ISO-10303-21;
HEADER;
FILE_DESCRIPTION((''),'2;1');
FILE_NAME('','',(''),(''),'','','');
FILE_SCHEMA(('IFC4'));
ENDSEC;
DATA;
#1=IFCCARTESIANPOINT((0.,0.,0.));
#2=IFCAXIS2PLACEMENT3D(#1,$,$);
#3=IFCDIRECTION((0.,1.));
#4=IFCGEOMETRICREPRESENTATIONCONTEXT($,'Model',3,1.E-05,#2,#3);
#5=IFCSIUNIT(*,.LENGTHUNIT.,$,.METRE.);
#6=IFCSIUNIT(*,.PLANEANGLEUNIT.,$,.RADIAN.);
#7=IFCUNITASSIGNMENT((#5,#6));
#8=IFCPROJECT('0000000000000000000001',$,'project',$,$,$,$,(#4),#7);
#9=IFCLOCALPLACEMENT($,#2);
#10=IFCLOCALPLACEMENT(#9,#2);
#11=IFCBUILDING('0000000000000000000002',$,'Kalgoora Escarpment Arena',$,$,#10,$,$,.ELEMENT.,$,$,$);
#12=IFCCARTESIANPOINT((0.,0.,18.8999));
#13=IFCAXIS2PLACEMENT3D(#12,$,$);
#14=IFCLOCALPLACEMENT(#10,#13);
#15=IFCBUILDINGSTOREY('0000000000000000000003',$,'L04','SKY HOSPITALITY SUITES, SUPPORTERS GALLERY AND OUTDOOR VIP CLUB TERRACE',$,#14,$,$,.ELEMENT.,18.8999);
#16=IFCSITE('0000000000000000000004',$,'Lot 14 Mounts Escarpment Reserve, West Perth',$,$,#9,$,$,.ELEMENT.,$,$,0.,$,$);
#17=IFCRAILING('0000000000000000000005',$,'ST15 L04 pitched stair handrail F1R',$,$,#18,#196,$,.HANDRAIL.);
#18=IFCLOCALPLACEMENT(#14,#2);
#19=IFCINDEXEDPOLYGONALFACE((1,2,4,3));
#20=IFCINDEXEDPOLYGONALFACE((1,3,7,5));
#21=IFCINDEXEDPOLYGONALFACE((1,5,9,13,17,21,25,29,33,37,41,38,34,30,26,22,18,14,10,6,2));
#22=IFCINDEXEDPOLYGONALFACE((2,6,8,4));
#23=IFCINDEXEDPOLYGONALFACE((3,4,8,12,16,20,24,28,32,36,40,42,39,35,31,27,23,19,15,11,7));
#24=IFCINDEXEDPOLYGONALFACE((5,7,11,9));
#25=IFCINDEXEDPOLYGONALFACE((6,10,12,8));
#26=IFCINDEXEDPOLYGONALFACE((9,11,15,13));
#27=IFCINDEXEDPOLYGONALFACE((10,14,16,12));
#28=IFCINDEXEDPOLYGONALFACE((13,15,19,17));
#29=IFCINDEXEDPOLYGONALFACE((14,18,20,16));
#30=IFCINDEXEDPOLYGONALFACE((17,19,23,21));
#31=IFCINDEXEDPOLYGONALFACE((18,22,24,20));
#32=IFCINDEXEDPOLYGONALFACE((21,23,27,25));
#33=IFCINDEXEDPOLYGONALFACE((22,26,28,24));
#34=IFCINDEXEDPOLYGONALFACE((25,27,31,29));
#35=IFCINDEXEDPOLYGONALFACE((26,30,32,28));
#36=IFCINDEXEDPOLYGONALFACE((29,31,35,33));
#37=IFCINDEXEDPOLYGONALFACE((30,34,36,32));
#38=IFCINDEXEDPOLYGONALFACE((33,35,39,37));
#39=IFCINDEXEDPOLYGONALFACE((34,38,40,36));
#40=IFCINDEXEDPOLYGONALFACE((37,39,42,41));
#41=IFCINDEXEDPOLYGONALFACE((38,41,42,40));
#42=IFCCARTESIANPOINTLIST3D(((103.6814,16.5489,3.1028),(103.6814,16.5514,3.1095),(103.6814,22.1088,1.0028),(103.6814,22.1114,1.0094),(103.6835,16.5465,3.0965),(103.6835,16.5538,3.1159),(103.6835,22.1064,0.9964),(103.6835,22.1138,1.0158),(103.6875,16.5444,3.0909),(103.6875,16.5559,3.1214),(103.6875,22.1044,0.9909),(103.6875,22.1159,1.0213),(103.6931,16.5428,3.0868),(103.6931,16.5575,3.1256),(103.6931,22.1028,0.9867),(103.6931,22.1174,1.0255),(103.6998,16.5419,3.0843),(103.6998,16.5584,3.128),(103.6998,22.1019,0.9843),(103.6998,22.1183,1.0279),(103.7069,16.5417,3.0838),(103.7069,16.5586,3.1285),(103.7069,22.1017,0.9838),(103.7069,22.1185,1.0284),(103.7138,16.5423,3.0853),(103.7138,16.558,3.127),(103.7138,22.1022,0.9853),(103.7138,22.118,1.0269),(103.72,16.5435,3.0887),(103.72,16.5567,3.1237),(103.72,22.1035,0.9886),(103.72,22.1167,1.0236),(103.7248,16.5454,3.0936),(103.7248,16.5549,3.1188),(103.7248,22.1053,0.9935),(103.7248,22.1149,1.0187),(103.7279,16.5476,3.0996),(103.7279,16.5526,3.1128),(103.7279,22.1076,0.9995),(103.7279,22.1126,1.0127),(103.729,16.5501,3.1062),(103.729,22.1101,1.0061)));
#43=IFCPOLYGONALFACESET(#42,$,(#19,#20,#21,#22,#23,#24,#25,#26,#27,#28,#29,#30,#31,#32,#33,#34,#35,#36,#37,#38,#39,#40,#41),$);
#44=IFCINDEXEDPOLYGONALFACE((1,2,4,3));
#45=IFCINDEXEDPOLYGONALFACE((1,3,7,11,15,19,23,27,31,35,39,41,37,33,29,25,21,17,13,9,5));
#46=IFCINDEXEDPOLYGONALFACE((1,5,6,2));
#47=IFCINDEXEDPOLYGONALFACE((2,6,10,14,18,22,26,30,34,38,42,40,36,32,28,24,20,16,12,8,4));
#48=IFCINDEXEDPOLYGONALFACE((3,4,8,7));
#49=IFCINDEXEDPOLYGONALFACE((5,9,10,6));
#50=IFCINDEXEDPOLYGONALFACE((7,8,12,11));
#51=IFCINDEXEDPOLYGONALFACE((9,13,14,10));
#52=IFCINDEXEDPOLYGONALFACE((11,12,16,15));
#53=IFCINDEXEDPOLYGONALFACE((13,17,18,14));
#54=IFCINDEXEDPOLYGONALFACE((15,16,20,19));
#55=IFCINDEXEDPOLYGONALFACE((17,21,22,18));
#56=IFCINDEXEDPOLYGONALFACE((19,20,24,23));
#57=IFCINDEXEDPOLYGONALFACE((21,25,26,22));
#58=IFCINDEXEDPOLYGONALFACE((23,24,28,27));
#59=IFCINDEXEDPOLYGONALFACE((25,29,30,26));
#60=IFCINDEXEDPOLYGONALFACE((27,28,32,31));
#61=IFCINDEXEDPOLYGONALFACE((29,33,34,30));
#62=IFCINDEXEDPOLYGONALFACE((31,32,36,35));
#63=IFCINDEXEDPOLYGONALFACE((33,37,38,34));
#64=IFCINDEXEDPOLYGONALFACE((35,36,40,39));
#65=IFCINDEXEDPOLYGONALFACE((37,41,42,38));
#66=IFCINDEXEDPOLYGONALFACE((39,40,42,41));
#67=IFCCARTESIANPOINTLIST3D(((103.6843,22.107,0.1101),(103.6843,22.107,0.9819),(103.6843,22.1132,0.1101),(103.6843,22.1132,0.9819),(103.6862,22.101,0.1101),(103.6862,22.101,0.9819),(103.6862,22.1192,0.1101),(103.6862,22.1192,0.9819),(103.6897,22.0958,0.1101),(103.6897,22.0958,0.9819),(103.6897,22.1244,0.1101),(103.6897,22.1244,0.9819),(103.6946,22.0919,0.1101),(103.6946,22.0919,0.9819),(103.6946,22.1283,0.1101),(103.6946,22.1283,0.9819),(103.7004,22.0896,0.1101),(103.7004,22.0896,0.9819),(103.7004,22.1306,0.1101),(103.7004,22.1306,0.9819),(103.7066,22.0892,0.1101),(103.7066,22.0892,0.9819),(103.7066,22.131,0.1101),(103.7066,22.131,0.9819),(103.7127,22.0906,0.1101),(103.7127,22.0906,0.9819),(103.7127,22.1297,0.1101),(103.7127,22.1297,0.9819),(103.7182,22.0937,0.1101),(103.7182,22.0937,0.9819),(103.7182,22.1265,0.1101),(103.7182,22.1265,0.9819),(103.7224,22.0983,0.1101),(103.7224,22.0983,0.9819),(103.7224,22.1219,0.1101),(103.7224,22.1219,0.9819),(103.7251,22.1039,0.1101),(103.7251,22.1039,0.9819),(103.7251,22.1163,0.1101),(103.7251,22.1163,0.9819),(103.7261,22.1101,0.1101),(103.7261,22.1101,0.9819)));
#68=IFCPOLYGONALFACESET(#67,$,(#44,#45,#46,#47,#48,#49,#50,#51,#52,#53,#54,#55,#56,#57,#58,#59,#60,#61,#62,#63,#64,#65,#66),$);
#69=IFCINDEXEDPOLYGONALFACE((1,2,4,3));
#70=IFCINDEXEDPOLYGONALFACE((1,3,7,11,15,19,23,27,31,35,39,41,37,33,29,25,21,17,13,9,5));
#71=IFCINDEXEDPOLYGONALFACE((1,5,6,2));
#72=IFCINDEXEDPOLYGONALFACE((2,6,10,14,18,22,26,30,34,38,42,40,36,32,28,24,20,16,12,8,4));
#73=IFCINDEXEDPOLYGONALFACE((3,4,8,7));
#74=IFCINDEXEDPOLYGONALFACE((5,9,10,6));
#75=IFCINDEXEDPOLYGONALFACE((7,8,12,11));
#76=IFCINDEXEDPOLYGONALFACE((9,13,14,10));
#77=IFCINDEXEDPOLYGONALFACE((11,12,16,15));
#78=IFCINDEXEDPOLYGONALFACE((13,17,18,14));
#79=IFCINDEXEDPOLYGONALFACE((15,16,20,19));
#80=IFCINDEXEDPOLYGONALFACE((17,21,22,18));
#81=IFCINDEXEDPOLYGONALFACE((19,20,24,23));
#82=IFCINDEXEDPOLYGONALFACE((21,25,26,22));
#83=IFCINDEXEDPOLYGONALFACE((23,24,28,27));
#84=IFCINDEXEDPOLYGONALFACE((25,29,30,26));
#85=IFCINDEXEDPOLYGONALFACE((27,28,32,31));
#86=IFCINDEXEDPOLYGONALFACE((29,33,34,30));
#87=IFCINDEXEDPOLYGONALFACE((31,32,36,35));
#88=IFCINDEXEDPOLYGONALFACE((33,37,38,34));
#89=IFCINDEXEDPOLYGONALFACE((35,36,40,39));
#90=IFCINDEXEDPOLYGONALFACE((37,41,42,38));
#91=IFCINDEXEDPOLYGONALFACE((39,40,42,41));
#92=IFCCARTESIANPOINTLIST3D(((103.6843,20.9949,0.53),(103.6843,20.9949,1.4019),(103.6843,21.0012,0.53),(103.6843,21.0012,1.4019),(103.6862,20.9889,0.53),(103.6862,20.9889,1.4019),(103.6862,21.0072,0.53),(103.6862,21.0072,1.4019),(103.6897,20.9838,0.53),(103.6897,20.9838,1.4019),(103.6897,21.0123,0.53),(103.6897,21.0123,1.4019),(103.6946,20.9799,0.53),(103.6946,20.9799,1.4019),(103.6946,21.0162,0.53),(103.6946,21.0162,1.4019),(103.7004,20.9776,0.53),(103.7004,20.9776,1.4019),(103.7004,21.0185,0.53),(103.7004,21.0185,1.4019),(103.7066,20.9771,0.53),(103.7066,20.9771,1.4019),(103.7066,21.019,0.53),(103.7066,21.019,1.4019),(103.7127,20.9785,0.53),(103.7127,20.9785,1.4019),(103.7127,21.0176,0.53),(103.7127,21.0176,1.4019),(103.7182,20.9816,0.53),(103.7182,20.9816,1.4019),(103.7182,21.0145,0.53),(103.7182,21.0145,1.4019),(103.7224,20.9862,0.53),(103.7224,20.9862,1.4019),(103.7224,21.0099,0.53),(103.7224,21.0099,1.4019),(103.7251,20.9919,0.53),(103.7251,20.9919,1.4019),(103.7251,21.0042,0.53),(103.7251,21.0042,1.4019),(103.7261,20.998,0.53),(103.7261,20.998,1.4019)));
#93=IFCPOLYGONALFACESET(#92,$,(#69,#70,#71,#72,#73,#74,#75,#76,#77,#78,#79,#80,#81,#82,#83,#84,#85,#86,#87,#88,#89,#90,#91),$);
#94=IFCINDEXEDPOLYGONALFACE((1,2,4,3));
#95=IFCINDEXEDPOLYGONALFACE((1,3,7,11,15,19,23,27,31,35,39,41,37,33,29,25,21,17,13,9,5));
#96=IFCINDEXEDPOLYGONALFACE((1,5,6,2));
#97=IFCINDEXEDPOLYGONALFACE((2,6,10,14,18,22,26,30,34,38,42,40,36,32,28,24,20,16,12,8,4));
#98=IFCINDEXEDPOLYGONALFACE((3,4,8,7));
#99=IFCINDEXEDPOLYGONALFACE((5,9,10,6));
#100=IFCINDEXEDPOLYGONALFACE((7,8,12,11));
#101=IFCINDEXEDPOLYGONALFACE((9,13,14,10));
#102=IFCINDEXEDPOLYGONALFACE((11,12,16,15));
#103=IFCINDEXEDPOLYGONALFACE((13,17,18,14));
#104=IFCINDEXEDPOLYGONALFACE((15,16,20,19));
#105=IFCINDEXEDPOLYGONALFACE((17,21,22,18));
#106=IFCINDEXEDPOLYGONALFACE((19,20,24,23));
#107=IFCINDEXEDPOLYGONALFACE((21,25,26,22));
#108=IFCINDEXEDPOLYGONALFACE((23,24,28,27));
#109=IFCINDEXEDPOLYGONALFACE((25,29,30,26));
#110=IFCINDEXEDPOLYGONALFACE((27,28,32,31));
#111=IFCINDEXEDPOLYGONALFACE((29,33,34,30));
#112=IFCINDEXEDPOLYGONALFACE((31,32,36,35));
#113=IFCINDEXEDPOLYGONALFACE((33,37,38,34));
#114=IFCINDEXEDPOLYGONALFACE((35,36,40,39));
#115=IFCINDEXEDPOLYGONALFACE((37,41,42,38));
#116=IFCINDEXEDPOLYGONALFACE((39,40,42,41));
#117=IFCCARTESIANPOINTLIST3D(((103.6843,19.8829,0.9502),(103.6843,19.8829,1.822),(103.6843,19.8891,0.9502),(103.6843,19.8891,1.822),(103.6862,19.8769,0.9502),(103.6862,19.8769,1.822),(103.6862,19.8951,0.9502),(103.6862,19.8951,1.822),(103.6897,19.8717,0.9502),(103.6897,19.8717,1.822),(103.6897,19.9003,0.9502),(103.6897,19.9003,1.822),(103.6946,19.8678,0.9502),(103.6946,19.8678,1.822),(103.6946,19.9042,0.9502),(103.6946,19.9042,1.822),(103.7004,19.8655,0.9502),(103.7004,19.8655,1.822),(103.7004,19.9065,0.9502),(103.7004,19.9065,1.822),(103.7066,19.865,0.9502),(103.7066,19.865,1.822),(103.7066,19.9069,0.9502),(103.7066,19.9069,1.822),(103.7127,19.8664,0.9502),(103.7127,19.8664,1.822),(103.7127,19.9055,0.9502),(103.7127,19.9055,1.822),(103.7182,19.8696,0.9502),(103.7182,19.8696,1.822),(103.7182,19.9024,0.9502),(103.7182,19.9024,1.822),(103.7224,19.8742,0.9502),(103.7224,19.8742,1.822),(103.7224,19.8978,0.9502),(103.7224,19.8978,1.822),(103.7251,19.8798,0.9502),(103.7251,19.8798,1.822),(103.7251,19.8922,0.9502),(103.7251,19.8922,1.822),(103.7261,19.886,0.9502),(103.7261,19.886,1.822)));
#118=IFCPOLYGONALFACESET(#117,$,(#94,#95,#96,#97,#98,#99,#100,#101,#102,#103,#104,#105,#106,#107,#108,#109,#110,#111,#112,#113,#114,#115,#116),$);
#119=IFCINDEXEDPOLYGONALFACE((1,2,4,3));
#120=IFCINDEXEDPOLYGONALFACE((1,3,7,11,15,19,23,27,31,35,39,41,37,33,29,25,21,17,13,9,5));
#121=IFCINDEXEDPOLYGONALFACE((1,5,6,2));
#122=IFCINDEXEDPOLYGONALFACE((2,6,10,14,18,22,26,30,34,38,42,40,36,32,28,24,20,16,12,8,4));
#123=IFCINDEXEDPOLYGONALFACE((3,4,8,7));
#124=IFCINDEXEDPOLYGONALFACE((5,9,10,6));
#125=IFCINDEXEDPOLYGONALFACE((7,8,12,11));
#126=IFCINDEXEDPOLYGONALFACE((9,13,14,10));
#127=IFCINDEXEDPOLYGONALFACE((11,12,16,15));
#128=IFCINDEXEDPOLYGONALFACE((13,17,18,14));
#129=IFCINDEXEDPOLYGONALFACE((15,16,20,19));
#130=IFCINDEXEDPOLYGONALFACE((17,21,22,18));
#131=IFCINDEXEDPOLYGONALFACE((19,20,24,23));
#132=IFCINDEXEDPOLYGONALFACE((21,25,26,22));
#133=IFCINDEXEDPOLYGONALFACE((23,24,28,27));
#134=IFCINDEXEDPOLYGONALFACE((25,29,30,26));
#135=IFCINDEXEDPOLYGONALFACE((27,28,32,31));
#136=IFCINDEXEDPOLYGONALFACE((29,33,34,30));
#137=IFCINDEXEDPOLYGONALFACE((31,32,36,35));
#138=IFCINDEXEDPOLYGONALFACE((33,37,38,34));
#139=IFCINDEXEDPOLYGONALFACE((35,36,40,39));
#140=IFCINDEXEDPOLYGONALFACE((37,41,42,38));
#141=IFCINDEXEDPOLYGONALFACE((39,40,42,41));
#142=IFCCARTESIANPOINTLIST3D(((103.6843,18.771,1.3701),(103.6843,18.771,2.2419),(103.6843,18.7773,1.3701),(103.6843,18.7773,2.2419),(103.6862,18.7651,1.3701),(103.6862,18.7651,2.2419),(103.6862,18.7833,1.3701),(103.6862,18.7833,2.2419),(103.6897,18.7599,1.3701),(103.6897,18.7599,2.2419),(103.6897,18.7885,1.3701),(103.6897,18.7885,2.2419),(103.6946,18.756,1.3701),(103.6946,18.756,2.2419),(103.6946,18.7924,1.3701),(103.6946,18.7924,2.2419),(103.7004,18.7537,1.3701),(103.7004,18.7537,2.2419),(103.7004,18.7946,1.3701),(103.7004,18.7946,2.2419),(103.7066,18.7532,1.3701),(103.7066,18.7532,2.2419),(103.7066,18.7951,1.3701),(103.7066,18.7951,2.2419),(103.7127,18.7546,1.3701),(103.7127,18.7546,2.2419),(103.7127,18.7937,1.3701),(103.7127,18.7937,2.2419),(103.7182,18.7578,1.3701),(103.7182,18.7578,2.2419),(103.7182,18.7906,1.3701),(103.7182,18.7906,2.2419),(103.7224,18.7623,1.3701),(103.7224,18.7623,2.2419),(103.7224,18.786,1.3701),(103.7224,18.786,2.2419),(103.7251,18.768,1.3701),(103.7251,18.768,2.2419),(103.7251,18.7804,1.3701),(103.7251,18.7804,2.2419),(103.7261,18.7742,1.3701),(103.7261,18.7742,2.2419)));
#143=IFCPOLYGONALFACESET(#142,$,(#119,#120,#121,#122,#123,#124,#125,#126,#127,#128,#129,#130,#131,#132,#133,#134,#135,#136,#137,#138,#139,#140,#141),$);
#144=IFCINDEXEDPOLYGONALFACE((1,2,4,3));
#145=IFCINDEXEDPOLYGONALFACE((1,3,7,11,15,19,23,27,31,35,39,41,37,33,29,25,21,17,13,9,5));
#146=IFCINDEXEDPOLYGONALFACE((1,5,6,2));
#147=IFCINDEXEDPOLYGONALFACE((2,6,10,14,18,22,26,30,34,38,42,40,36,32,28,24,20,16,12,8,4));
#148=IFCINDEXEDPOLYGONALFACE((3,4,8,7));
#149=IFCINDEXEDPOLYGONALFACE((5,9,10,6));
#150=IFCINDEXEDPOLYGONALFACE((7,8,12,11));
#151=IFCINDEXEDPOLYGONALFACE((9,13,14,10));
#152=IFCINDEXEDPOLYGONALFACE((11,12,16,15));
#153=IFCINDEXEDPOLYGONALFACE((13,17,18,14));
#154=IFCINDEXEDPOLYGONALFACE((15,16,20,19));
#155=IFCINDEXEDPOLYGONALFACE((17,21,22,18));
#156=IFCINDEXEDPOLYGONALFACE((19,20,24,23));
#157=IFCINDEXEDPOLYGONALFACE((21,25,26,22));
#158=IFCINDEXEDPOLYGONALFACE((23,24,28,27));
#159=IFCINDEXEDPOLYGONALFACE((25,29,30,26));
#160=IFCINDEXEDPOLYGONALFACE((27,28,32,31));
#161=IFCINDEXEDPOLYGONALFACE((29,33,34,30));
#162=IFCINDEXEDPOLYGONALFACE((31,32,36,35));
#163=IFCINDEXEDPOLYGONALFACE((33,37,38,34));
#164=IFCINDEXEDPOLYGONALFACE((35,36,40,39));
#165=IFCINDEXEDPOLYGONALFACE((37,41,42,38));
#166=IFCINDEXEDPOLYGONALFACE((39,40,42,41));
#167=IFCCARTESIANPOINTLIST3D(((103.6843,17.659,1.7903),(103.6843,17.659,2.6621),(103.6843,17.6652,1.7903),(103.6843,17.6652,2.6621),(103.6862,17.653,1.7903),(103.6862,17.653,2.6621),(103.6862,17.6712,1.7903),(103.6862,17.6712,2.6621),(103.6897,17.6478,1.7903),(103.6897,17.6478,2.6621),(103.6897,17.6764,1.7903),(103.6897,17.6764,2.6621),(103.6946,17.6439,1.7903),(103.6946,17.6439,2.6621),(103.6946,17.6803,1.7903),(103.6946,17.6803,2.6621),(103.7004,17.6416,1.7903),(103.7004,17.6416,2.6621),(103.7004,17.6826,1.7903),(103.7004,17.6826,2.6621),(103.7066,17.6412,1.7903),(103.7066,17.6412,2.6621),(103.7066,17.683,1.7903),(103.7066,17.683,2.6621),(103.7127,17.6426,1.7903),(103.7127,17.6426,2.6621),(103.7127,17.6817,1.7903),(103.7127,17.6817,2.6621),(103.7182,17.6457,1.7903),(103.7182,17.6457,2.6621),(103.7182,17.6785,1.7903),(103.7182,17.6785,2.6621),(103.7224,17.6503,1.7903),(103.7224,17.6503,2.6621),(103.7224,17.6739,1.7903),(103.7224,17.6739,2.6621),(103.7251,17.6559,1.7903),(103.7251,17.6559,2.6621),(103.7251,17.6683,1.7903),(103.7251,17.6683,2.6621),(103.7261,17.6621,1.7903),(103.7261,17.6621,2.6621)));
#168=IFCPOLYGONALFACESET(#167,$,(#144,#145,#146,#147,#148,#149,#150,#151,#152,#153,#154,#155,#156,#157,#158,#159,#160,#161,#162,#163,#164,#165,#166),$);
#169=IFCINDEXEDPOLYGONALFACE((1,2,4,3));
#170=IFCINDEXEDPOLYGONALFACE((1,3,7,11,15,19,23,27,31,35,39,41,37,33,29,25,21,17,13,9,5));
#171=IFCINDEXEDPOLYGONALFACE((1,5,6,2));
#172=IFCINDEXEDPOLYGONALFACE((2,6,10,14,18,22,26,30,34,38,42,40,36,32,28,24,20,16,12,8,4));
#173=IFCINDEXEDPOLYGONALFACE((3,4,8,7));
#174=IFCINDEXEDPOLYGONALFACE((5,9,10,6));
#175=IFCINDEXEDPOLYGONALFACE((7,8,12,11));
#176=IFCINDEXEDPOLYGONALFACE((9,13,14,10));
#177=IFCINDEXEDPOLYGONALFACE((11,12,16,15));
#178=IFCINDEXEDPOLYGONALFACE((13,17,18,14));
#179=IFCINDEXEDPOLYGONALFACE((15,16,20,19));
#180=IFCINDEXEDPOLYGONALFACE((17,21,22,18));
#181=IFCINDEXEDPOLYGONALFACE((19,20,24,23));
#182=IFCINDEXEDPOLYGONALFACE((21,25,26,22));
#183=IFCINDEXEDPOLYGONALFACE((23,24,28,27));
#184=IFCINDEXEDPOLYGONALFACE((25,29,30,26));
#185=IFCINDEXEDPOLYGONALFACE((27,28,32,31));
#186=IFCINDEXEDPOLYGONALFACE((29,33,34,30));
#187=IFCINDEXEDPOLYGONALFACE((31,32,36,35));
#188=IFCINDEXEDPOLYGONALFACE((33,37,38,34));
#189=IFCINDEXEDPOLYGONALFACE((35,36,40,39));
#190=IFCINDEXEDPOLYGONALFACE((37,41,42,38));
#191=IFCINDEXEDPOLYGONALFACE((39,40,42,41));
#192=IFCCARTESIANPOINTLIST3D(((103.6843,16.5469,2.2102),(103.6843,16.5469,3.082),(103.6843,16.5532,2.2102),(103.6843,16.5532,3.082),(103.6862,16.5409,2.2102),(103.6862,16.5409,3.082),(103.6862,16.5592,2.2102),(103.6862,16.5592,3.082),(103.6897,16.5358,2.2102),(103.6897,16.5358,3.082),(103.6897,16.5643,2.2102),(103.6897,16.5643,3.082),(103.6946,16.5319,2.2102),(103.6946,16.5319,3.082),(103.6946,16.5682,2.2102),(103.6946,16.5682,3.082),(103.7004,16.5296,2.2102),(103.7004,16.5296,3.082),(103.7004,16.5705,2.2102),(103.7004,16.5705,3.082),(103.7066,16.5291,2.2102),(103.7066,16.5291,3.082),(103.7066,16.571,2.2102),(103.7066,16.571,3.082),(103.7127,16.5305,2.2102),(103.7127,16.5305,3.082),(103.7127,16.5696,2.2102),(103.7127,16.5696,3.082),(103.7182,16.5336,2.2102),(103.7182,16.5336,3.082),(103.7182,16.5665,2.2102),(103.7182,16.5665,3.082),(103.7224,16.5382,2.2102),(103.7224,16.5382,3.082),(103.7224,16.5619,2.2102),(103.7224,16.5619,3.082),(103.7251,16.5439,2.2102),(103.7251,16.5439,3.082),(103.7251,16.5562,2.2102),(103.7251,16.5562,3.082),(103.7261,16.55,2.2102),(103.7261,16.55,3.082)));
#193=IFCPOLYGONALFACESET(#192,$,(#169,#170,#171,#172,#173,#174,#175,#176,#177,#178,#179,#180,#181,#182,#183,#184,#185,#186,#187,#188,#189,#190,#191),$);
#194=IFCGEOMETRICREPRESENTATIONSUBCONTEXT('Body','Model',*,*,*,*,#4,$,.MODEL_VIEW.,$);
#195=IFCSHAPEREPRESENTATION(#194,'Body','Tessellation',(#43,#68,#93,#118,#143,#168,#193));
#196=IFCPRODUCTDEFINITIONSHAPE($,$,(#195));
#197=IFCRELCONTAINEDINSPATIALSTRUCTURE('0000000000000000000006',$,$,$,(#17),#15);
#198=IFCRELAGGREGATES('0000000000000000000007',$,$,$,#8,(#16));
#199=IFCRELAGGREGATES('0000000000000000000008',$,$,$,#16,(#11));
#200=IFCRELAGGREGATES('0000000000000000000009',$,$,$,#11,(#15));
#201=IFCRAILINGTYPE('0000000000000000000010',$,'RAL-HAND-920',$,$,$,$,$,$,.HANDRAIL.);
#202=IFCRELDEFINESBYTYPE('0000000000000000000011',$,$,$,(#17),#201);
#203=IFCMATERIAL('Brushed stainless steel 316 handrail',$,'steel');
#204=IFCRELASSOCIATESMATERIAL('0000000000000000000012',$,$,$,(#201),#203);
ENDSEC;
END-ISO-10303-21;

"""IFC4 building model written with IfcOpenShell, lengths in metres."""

from ifc_helpers import new_model, si_unit, direction, frame, origin, origin_2d, place, context, subcontext, project, spatial, circle, extrude, material, type_object, element, save


model = new_model("IFC4")

# Units and contexts
model_context = context("Model", 3, precision=1e-05, world=origin(), true_north=direction((0.0, 1.0)))
body_context = subcontext(model_context, "Body", "Model", "MODEL_VIEW")
ifc_project = project(units=[si_unit("LENGTHUNIT", "METRE"), si_unit("PLANEANGLEUNIT", "RADIAN")], contexts=[model_context])

# Site, building, storey
site_placement = place(None, origin())
site = spatial("IfcSite", under=ifc_project, at=site_placement, Name="Lot 14 Mounts Escarpment Reserve, West Perth", CompositionType="ELEMENT", RefElevation=0.0)
building_placement = place(site_placement, origin())
building = spatial("IfcBuilding", under=site, at=building_placement, Name="Kalgoora Escarpment Arena", CompositionType="ELEMENT")
storey_placement = place(building_placement, frame((0.0, 0.0, 18.8999)))
storey = spatial("IfcBuildingStorey", under=building, at=storey_placement, Name="L04", Description="SKY HOSPITALITY SUITES, SUPPORTERS GALLERY AND OUTDOOR VIP CLUB TERRACE", CompositionType="ELEMENT", Elevation=18.8999)

# Railing
ifc_material_1 = material(Name="Brushed stainless steel 316 handrail", Category="steel")
railing_type_1 = type_object("IfcRailingType", Name="RAL-HAND-920", PredefinedType="HANDRAIL", material=ifc_material_1)
for number, where, name in (
    (1, (103.7051, 22.1101, 0.1101), "ST15 L04 pitched stair handrail F1R"),
):
    element("IfcRailing", number, at=place(storey_placement, frame(where)), inside=storey, type_object=railing_type_1, Name=name, PredefinedType="HANDRAIL", context=body_context, shape_type="SweptSolid", body=[
        extrude(circle(Radius=0.0239, at=origin_2d()), frame((0.0, 0.0, 0.896), z_axis=(0.0, -0.935493, 0.353346), x_axis=(1.0, 0.0, 0.0)), (0.0, 0.0, 1.0), 5.9434),
        extrude(circle(Radius=0.021, at=origin_2d()), origin(), (0.0, 0.0, 1.0), 0.8718),
        extrude(circle(Radius=0.021, at=origin_2d()), frame((0.0, -1.1121, 0.4199)), (0.0, 0.0, 1.0), 0.8718),
        extrude(circle(Radius=0.021, at=origin_2d()), frame((0.0, -2.2241, 0.8401)), (0.0, 0.0, 1.0), 0.8718),
        extrude(circle(Radius=0.021, at=origin_2d()), frame((0.0, -3.3359, 1.26)), (0.0, 0.0, 1.0), 0.8718),
        extrude(circle(Radius=0.021, at=origin_2d()), frame((0.0, -4.448, 1.6802)), (0.0, 0.0, 1.0), 0.8718),
        extrude(circle(Radius=0.021, at=origin_2d()), frame((0.0, -5.5601, 2.1001)), (0.0, 0.0, 1.0), 0.8718),
    ])

save(model, "model.ifc")
